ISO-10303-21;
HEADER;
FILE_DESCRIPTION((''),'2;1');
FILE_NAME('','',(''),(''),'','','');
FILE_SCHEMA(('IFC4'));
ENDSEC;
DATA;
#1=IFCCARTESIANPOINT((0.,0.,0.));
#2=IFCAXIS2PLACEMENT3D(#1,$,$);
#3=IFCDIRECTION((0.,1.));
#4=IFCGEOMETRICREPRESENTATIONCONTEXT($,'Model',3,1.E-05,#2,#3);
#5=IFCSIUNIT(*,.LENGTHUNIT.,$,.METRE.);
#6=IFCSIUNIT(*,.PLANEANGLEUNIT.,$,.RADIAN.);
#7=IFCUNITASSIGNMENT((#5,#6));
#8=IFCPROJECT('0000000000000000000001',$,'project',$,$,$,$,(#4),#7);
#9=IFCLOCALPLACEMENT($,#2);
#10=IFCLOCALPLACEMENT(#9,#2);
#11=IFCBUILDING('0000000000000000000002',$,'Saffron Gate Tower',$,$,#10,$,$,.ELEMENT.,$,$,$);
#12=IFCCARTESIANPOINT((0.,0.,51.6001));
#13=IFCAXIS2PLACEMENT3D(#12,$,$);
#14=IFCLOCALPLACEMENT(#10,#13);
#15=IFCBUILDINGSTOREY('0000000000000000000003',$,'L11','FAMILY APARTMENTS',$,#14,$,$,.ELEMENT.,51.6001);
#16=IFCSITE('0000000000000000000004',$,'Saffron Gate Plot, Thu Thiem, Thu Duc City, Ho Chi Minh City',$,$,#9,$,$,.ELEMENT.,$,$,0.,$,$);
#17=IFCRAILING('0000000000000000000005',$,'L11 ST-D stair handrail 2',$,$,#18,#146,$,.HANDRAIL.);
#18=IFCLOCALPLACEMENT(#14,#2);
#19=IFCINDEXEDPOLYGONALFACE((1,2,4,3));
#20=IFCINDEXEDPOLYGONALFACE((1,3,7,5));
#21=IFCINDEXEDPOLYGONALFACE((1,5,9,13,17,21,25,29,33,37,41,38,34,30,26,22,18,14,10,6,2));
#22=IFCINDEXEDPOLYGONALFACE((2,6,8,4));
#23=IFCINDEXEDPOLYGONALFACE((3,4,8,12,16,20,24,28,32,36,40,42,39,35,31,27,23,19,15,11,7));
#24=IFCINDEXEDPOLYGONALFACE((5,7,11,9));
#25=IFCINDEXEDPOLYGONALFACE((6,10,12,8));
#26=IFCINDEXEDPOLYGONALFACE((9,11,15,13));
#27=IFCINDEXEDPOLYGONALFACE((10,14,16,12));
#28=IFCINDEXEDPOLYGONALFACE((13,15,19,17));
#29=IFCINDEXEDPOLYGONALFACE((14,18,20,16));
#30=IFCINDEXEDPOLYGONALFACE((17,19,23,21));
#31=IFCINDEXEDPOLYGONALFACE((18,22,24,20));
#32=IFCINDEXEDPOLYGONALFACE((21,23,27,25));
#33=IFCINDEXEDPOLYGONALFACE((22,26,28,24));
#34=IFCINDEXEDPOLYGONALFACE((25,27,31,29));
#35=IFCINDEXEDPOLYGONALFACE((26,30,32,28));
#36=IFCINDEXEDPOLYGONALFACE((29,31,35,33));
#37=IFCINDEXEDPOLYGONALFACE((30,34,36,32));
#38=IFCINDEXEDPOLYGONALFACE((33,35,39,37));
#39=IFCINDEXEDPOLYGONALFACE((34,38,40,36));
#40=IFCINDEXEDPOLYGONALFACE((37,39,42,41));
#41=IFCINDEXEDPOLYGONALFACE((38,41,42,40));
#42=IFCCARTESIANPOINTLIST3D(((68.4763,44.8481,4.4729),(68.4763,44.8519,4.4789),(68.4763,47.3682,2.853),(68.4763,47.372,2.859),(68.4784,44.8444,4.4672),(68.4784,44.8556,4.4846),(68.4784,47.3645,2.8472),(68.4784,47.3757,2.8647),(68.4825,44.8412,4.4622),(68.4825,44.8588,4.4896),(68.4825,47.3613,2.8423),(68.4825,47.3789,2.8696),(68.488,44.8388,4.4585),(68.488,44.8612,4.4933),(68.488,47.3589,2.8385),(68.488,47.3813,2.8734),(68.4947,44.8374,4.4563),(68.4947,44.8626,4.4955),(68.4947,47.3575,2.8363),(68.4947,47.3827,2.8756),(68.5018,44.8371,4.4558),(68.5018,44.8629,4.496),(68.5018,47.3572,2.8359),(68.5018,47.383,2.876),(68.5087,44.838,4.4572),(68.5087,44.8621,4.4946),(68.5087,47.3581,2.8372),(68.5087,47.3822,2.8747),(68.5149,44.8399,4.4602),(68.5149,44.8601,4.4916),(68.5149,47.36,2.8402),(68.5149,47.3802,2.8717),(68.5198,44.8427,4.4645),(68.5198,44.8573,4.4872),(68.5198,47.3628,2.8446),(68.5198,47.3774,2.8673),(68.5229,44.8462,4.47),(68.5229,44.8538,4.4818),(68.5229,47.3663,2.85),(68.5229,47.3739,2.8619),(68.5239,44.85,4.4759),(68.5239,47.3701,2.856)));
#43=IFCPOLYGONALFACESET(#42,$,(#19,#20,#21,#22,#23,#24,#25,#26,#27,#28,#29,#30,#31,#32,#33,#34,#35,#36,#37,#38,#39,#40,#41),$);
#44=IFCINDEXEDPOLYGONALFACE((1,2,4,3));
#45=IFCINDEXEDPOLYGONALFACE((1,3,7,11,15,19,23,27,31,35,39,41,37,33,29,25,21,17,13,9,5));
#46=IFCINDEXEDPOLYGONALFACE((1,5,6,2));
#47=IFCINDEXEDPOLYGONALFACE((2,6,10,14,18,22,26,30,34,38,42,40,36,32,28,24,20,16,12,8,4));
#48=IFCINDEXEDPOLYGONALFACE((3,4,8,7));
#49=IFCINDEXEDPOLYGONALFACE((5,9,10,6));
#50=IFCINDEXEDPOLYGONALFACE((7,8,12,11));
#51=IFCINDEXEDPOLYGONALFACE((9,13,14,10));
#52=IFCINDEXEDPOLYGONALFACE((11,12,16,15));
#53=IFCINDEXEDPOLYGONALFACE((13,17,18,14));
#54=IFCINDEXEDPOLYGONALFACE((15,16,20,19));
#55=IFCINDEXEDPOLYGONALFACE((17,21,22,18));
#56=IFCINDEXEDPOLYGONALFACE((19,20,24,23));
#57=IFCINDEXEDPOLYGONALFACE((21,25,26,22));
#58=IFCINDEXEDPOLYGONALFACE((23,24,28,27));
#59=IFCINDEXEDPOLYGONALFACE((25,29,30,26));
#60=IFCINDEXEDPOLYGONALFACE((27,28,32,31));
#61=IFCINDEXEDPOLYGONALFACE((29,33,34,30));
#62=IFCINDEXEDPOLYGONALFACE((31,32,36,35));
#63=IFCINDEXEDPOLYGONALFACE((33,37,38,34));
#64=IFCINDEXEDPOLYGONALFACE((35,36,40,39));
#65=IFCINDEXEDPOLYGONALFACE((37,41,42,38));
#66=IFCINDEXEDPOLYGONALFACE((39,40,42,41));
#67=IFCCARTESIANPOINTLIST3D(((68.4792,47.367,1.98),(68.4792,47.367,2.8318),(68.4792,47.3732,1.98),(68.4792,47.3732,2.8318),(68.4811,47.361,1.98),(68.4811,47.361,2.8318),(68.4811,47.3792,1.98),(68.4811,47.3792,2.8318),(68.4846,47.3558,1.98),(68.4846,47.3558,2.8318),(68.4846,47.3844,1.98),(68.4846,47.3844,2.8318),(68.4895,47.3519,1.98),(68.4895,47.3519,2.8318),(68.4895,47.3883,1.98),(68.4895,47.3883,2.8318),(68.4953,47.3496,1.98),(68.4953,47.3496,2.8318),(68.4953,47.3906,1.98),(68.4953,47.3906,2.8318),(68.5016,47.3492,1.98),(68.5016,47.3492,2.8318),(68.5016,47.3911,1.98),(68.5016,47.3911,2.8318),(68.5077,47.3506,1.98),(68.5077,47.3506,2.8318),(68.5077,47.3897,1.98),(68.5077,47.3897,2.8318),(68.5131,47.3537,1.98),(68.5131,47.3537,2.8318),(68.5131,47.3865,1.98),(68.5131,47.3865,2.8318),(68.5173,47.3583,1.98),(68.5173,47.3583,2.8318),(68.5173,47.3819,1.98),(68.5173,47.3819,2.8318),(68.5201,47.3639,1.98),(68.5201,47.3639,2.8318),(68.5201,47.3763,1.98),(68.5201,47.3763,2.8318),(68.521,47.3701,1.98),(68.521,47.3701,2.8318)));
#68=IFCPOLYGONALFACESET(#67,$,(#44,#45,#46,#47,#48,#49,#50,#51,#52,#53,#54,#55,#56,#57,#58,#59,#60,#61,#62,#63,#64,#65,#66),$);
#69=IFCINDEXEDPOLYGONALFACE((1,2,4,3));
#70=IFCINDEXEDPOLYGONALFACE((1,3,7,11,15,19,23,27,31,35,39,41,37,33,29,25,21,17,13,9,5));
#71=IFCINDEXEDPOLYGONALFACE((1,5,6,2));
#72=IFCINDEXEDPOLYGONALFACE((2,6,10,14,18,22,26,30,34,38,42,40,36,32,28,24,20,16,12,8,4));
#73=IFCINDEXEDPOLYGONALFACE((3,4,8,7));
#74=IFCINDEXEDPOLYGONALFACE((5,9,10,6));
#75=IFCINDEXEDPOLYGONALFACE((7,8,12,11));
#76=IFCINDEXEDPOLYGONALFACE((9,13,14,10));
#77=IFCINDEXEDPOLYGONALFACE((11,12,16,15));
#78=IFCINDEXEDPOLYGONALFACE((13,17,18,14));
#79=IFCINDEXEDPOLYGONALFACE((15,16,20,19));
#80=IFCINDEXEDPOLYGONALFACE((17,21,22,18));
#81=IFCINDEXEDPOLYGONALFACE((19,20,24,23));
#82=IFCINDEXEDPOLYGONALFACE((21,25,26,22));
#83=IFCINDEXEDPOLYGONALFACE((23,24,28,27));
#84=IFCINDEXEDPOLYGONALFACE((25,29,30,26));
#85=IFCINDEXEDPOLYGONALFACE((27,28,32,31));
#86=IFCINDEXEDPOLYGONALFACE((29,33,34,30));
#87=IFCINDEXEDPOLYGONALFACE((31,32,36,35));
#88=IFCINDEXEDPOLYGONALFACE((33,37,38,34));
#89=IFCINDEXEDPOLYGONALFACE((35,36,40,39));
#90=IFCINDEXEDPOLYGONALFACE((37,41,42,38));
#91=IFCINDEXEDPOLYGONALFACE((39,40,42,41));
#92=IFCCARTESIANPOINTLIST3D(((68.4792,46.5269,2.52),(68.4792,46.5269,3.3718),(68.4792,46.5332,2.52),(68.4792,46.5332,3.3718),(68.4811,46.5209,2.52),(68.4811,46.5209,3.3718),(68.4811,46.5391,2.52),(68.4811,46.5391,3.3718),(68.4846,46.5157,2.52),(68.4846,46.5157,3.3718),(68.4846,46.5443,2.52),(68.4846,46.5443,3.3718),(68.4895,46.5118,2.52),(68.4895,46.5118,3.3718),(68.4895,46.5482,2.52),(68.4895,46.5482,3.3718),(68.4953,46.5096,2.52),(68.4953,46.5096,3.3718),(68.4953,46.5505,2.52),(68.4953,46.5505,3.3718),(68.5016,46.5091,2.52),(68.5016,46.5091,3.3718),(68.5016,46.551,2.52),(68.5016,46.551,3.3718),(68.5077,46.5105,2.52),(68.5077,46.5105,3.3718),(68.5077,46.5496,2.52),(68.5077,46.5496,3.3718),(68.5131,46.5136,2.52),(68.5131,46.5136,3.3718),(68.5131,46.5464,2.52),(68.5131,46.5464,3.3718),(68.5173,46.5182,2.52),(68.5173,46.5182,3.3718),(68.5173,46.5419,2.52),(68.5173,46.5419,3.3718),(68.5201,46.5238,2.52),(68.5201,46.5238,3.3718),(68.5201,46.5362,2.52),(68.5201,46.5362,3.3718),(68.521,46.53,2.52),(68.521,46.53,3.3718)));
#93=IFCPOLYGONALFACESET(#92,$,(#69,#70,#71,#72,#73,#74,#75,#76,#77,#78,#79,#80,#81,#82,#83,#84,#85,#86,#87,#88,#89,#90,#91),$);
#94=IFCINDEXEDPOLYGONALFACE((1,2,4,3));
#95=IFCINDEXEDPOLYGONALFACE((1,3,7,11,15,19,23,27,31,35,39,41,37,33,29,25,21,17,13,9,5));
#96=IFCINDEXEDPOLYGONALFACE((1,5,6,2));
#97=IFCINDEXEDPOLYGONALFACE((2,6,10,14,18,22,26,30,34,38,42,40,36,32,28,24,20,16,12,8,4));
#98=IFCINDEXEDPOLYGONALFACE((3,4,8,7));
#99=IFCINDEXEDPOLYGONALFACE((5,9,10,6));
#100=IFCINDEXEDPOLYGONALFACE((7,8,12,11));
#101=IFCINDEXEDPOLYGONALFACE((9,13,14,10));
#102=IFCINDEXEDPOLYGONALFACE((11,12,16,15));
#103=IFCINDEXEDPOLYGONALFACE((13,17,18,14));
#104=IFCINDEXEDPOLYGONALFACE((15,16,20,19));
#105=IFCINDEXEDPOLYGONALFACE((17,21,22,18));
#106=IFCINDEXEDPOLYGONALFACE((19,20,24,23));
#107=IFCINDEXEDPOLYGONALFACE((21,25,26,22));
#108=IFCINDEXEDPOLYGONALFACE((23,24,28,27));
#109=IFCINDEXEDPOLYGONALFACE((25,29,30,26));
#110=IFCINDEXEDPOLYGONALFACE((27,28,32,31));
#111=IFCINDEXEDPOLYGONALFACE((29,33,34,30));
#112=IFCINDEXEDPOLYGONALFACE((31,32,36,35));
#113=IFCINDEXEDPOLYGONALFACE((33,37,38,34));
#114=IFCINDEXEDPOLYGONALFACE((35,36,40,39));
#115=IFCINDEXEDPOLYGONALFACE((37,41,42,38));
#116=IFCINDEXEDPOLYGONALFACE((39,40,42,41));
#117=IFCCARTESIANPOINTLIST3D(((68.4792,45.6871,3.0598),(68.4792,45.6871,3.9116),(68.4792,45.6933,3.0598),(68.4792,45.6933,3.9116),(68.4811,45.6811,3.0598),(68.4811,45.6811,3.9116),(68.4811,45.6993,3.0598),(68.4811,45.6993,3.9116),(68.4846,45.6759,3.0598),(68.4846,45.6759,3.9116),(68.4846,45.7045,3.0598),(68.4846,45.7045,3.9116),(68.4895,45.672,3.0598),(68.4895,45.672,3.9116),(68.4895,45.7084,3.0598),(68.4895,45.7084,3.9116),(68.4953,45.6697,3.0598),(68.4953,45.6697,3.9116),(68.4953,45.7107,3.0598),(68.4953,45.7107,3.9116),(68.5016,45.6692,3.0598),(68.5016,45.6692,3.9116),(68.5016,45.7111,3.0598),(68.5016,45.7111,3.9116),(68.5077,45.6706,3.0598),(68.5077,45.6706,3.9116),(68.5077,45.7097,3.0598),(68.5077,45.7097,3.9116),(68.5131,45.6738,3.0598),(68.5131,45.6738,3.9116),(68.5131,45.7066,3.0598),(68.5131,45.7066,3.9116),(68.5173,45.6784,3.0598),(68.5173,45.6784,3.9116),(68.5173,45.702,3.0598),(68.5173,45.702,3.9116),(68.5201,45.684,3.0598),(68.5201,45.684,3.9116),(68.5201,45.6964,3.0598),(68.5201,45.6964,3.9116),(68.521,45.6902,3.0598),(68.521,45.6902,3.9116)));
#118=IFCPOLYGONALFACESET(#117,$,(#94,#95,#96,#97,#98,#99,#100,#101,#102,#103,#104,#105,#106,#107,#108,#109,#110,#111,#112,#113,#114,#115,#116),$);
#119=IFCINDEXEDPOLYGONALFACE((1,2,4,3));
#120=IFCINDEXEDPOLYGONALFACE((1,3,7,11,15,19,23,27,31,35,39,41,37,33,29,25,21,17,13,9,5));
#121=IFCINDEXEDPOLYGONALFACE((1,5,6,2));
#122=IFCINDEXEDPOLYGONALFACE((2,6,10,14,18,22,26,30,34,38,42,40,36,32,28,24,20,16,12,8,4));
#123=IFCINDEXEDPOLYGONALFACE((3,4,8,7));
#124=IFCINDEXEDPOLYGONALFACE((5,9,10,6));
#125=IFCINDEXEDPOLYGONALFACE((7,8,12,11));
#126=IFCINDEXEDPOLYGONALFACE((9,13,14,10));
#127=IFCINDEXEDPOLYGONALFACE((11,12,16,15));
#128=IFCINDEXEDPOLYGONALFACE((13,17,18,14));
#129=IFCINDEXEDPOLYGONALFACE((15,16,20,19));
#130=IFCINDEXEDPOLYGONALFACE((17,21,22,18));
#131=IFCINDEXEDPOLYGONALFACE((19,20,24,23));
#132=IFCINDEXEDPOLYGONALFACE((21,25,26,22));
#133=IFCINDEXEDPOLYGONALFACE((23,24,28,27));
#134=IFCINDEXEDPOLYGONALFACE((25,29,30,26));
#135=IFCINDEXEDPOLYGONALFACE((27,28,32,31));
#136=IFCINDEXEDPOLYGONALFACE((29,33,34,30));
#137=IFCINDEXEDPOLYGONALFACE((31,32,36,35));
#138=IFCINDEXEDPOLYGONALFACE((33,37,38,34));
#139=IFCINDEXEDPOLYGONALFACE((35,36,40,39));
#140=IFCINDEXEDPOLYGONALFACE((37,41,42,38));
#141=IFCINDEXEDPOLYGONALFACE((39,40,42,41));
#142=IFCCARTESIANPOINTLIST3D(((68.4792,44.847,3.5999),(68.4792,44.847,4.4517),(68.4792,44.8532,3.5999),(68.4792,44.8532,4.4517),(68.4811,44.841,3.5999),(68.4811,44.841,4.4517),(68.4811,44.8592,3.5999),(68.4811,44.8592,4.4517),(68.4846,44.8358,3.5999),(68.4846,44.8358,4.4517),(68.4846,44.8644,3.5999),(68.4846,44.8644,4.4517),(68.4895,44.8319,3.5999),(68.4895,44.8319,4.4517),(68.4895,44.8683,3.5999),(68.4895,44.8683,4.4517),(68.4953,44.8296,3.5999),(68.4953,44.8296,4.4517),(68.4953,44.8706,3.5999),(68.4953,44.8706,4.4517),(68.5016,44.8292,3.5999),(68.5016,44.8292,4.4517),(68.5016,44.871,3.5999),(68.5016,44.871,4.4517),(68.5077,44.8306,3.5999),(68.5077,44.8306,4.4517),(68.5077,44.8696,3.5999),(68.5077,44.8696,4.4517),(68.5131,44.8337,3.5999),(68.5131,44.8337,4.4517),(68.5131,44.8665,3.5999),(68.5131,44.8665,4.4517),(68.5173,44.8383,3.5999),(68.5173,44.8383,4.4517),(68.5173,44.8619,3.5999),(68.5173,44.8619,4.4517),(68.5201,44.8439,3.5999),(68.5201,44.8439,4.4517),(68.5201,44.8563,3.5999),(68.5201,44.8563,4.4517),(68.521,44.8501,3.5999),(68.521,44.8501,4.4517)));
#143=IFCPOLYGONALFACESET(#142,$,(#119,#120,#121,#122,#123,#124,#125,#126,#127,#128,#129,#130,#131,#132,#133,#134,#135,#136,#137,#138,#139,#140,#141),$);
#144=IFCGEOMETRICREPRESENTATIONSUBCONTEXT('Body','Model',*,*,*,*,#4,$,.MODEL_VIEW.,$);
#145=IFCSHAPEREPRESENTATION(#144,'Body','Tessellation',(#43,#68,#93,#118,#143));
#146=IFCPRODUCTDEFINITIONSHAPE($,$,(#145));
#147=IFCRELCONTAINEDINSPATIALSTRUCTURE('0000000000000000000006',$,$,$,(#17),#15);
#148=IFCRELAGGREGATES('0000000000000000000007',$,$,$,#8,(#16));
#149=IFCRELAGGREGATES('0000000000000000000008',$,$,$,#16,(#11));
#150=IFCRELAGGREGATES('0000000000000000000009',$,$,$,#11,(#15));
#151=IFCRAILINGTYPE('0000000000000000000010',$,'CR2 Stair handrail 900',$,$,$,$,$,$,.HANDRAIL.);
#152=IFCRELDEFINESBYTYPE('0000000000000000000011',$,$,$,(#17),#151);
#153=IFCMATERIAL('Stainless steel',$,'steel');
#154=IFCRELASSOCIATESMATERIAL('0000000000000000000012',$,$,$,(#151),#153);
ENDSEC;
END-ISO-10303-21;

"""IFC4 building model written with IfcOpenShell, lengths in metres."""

from ifc_helpers import new_model, si_unit, direction, frame, origin, origin_2d, place, context, subcontext, project, spatial, circle, extrude, material, type_object, element, save


model = new_model("IFC4")

# Units and contexts
model_context = context("Model", 3, precision=1e-05, world=origin(), true_north=direction((0.0, 1.0)))
body_context = subcontext(model_context, "Body", "Model", "MODEL_VIEW")
ifc_project = project(units=[si_unit("LENGTHUNIT", "METRE"), si_unit("PLANEANGLEUNIT", "RADIAN")], contexts=[model_context])

# Site, building, storey
site_placement = place(None, origin())
site = spatial("IfcSite", under=ifc_project, at=site_placement, Name="Saffron Gate Plot, Thu Thiem, Thu Duc City, Ho Chi Minh City", CompositionType="ELEMENT", RefElevation=0.0)
building_placement = place(site_placement, origin())
building = spatial("IfcBuilding", under=site, at=building_placement, Name="Saffron Gate Tower", CompositionType="ELEMENT")
storey_placement = place(building_placement, frame((0.0, 0.0, 51.6001)))
storey = spatial("IfcBuildingStorey", under=building, at=storey_placement, Name="L11", Description="FAMILY APARTMENTS", CompositionType="ELEMENT", Elevation=51.6001)

# Railing
ifc_material_1 = material(Name="Stainless steel", Category="steel")
railing_type_1 = type_object("IfcRailingType", Name="CR2 Stair handrail 900", PredefinedType="HANDRAIL", material=ifc_material_1)
railing_1_placement = place(storey_placement, frame((68.5, 47.3701, 1.98)))
element("IfcRailing", 1, at=railing_1_placement, inside=storey, type_object=railing_type_1, Name="L11 ST-D stair handrail 2", PredefinedType="HANDRAIL", context=body_context, shape_type="SweptSolid", body=[
    extrude(circle(Radius=0.0239, at=origin_2d()), frame((0.0, 0.0, 0.876), z_axis=(0.0, -0.8412, 0.540725), x_axis=(1.0, 0.0, 0.0)), (0.0, 0.0, 1.0), 2.9958),
    extrude(circle(Radius=0.021, at=origin_2d()), origin(), (0.0, 0.0, 1.0), 0.8518),
    extrude(circle(Radius=0.021, at=origin_2d()), frame((0.0, -0.8401, 0.54)), (0.0, 0.0, 1.0), 0.8518),
    extrude(circle(Radius=0.021, at=origin_2d()), frame((0.0, -1.6799, 1.0798)), (0.0, 0.0, 1.0), 0.8518),
    extrude(circle(Radius=0.021, at=origin_2d()), frame((0.0, -2.52, 1.6199)), (0.0, 0.0, 1.0), 0.8518),
])

save(model, "model.ifc")
